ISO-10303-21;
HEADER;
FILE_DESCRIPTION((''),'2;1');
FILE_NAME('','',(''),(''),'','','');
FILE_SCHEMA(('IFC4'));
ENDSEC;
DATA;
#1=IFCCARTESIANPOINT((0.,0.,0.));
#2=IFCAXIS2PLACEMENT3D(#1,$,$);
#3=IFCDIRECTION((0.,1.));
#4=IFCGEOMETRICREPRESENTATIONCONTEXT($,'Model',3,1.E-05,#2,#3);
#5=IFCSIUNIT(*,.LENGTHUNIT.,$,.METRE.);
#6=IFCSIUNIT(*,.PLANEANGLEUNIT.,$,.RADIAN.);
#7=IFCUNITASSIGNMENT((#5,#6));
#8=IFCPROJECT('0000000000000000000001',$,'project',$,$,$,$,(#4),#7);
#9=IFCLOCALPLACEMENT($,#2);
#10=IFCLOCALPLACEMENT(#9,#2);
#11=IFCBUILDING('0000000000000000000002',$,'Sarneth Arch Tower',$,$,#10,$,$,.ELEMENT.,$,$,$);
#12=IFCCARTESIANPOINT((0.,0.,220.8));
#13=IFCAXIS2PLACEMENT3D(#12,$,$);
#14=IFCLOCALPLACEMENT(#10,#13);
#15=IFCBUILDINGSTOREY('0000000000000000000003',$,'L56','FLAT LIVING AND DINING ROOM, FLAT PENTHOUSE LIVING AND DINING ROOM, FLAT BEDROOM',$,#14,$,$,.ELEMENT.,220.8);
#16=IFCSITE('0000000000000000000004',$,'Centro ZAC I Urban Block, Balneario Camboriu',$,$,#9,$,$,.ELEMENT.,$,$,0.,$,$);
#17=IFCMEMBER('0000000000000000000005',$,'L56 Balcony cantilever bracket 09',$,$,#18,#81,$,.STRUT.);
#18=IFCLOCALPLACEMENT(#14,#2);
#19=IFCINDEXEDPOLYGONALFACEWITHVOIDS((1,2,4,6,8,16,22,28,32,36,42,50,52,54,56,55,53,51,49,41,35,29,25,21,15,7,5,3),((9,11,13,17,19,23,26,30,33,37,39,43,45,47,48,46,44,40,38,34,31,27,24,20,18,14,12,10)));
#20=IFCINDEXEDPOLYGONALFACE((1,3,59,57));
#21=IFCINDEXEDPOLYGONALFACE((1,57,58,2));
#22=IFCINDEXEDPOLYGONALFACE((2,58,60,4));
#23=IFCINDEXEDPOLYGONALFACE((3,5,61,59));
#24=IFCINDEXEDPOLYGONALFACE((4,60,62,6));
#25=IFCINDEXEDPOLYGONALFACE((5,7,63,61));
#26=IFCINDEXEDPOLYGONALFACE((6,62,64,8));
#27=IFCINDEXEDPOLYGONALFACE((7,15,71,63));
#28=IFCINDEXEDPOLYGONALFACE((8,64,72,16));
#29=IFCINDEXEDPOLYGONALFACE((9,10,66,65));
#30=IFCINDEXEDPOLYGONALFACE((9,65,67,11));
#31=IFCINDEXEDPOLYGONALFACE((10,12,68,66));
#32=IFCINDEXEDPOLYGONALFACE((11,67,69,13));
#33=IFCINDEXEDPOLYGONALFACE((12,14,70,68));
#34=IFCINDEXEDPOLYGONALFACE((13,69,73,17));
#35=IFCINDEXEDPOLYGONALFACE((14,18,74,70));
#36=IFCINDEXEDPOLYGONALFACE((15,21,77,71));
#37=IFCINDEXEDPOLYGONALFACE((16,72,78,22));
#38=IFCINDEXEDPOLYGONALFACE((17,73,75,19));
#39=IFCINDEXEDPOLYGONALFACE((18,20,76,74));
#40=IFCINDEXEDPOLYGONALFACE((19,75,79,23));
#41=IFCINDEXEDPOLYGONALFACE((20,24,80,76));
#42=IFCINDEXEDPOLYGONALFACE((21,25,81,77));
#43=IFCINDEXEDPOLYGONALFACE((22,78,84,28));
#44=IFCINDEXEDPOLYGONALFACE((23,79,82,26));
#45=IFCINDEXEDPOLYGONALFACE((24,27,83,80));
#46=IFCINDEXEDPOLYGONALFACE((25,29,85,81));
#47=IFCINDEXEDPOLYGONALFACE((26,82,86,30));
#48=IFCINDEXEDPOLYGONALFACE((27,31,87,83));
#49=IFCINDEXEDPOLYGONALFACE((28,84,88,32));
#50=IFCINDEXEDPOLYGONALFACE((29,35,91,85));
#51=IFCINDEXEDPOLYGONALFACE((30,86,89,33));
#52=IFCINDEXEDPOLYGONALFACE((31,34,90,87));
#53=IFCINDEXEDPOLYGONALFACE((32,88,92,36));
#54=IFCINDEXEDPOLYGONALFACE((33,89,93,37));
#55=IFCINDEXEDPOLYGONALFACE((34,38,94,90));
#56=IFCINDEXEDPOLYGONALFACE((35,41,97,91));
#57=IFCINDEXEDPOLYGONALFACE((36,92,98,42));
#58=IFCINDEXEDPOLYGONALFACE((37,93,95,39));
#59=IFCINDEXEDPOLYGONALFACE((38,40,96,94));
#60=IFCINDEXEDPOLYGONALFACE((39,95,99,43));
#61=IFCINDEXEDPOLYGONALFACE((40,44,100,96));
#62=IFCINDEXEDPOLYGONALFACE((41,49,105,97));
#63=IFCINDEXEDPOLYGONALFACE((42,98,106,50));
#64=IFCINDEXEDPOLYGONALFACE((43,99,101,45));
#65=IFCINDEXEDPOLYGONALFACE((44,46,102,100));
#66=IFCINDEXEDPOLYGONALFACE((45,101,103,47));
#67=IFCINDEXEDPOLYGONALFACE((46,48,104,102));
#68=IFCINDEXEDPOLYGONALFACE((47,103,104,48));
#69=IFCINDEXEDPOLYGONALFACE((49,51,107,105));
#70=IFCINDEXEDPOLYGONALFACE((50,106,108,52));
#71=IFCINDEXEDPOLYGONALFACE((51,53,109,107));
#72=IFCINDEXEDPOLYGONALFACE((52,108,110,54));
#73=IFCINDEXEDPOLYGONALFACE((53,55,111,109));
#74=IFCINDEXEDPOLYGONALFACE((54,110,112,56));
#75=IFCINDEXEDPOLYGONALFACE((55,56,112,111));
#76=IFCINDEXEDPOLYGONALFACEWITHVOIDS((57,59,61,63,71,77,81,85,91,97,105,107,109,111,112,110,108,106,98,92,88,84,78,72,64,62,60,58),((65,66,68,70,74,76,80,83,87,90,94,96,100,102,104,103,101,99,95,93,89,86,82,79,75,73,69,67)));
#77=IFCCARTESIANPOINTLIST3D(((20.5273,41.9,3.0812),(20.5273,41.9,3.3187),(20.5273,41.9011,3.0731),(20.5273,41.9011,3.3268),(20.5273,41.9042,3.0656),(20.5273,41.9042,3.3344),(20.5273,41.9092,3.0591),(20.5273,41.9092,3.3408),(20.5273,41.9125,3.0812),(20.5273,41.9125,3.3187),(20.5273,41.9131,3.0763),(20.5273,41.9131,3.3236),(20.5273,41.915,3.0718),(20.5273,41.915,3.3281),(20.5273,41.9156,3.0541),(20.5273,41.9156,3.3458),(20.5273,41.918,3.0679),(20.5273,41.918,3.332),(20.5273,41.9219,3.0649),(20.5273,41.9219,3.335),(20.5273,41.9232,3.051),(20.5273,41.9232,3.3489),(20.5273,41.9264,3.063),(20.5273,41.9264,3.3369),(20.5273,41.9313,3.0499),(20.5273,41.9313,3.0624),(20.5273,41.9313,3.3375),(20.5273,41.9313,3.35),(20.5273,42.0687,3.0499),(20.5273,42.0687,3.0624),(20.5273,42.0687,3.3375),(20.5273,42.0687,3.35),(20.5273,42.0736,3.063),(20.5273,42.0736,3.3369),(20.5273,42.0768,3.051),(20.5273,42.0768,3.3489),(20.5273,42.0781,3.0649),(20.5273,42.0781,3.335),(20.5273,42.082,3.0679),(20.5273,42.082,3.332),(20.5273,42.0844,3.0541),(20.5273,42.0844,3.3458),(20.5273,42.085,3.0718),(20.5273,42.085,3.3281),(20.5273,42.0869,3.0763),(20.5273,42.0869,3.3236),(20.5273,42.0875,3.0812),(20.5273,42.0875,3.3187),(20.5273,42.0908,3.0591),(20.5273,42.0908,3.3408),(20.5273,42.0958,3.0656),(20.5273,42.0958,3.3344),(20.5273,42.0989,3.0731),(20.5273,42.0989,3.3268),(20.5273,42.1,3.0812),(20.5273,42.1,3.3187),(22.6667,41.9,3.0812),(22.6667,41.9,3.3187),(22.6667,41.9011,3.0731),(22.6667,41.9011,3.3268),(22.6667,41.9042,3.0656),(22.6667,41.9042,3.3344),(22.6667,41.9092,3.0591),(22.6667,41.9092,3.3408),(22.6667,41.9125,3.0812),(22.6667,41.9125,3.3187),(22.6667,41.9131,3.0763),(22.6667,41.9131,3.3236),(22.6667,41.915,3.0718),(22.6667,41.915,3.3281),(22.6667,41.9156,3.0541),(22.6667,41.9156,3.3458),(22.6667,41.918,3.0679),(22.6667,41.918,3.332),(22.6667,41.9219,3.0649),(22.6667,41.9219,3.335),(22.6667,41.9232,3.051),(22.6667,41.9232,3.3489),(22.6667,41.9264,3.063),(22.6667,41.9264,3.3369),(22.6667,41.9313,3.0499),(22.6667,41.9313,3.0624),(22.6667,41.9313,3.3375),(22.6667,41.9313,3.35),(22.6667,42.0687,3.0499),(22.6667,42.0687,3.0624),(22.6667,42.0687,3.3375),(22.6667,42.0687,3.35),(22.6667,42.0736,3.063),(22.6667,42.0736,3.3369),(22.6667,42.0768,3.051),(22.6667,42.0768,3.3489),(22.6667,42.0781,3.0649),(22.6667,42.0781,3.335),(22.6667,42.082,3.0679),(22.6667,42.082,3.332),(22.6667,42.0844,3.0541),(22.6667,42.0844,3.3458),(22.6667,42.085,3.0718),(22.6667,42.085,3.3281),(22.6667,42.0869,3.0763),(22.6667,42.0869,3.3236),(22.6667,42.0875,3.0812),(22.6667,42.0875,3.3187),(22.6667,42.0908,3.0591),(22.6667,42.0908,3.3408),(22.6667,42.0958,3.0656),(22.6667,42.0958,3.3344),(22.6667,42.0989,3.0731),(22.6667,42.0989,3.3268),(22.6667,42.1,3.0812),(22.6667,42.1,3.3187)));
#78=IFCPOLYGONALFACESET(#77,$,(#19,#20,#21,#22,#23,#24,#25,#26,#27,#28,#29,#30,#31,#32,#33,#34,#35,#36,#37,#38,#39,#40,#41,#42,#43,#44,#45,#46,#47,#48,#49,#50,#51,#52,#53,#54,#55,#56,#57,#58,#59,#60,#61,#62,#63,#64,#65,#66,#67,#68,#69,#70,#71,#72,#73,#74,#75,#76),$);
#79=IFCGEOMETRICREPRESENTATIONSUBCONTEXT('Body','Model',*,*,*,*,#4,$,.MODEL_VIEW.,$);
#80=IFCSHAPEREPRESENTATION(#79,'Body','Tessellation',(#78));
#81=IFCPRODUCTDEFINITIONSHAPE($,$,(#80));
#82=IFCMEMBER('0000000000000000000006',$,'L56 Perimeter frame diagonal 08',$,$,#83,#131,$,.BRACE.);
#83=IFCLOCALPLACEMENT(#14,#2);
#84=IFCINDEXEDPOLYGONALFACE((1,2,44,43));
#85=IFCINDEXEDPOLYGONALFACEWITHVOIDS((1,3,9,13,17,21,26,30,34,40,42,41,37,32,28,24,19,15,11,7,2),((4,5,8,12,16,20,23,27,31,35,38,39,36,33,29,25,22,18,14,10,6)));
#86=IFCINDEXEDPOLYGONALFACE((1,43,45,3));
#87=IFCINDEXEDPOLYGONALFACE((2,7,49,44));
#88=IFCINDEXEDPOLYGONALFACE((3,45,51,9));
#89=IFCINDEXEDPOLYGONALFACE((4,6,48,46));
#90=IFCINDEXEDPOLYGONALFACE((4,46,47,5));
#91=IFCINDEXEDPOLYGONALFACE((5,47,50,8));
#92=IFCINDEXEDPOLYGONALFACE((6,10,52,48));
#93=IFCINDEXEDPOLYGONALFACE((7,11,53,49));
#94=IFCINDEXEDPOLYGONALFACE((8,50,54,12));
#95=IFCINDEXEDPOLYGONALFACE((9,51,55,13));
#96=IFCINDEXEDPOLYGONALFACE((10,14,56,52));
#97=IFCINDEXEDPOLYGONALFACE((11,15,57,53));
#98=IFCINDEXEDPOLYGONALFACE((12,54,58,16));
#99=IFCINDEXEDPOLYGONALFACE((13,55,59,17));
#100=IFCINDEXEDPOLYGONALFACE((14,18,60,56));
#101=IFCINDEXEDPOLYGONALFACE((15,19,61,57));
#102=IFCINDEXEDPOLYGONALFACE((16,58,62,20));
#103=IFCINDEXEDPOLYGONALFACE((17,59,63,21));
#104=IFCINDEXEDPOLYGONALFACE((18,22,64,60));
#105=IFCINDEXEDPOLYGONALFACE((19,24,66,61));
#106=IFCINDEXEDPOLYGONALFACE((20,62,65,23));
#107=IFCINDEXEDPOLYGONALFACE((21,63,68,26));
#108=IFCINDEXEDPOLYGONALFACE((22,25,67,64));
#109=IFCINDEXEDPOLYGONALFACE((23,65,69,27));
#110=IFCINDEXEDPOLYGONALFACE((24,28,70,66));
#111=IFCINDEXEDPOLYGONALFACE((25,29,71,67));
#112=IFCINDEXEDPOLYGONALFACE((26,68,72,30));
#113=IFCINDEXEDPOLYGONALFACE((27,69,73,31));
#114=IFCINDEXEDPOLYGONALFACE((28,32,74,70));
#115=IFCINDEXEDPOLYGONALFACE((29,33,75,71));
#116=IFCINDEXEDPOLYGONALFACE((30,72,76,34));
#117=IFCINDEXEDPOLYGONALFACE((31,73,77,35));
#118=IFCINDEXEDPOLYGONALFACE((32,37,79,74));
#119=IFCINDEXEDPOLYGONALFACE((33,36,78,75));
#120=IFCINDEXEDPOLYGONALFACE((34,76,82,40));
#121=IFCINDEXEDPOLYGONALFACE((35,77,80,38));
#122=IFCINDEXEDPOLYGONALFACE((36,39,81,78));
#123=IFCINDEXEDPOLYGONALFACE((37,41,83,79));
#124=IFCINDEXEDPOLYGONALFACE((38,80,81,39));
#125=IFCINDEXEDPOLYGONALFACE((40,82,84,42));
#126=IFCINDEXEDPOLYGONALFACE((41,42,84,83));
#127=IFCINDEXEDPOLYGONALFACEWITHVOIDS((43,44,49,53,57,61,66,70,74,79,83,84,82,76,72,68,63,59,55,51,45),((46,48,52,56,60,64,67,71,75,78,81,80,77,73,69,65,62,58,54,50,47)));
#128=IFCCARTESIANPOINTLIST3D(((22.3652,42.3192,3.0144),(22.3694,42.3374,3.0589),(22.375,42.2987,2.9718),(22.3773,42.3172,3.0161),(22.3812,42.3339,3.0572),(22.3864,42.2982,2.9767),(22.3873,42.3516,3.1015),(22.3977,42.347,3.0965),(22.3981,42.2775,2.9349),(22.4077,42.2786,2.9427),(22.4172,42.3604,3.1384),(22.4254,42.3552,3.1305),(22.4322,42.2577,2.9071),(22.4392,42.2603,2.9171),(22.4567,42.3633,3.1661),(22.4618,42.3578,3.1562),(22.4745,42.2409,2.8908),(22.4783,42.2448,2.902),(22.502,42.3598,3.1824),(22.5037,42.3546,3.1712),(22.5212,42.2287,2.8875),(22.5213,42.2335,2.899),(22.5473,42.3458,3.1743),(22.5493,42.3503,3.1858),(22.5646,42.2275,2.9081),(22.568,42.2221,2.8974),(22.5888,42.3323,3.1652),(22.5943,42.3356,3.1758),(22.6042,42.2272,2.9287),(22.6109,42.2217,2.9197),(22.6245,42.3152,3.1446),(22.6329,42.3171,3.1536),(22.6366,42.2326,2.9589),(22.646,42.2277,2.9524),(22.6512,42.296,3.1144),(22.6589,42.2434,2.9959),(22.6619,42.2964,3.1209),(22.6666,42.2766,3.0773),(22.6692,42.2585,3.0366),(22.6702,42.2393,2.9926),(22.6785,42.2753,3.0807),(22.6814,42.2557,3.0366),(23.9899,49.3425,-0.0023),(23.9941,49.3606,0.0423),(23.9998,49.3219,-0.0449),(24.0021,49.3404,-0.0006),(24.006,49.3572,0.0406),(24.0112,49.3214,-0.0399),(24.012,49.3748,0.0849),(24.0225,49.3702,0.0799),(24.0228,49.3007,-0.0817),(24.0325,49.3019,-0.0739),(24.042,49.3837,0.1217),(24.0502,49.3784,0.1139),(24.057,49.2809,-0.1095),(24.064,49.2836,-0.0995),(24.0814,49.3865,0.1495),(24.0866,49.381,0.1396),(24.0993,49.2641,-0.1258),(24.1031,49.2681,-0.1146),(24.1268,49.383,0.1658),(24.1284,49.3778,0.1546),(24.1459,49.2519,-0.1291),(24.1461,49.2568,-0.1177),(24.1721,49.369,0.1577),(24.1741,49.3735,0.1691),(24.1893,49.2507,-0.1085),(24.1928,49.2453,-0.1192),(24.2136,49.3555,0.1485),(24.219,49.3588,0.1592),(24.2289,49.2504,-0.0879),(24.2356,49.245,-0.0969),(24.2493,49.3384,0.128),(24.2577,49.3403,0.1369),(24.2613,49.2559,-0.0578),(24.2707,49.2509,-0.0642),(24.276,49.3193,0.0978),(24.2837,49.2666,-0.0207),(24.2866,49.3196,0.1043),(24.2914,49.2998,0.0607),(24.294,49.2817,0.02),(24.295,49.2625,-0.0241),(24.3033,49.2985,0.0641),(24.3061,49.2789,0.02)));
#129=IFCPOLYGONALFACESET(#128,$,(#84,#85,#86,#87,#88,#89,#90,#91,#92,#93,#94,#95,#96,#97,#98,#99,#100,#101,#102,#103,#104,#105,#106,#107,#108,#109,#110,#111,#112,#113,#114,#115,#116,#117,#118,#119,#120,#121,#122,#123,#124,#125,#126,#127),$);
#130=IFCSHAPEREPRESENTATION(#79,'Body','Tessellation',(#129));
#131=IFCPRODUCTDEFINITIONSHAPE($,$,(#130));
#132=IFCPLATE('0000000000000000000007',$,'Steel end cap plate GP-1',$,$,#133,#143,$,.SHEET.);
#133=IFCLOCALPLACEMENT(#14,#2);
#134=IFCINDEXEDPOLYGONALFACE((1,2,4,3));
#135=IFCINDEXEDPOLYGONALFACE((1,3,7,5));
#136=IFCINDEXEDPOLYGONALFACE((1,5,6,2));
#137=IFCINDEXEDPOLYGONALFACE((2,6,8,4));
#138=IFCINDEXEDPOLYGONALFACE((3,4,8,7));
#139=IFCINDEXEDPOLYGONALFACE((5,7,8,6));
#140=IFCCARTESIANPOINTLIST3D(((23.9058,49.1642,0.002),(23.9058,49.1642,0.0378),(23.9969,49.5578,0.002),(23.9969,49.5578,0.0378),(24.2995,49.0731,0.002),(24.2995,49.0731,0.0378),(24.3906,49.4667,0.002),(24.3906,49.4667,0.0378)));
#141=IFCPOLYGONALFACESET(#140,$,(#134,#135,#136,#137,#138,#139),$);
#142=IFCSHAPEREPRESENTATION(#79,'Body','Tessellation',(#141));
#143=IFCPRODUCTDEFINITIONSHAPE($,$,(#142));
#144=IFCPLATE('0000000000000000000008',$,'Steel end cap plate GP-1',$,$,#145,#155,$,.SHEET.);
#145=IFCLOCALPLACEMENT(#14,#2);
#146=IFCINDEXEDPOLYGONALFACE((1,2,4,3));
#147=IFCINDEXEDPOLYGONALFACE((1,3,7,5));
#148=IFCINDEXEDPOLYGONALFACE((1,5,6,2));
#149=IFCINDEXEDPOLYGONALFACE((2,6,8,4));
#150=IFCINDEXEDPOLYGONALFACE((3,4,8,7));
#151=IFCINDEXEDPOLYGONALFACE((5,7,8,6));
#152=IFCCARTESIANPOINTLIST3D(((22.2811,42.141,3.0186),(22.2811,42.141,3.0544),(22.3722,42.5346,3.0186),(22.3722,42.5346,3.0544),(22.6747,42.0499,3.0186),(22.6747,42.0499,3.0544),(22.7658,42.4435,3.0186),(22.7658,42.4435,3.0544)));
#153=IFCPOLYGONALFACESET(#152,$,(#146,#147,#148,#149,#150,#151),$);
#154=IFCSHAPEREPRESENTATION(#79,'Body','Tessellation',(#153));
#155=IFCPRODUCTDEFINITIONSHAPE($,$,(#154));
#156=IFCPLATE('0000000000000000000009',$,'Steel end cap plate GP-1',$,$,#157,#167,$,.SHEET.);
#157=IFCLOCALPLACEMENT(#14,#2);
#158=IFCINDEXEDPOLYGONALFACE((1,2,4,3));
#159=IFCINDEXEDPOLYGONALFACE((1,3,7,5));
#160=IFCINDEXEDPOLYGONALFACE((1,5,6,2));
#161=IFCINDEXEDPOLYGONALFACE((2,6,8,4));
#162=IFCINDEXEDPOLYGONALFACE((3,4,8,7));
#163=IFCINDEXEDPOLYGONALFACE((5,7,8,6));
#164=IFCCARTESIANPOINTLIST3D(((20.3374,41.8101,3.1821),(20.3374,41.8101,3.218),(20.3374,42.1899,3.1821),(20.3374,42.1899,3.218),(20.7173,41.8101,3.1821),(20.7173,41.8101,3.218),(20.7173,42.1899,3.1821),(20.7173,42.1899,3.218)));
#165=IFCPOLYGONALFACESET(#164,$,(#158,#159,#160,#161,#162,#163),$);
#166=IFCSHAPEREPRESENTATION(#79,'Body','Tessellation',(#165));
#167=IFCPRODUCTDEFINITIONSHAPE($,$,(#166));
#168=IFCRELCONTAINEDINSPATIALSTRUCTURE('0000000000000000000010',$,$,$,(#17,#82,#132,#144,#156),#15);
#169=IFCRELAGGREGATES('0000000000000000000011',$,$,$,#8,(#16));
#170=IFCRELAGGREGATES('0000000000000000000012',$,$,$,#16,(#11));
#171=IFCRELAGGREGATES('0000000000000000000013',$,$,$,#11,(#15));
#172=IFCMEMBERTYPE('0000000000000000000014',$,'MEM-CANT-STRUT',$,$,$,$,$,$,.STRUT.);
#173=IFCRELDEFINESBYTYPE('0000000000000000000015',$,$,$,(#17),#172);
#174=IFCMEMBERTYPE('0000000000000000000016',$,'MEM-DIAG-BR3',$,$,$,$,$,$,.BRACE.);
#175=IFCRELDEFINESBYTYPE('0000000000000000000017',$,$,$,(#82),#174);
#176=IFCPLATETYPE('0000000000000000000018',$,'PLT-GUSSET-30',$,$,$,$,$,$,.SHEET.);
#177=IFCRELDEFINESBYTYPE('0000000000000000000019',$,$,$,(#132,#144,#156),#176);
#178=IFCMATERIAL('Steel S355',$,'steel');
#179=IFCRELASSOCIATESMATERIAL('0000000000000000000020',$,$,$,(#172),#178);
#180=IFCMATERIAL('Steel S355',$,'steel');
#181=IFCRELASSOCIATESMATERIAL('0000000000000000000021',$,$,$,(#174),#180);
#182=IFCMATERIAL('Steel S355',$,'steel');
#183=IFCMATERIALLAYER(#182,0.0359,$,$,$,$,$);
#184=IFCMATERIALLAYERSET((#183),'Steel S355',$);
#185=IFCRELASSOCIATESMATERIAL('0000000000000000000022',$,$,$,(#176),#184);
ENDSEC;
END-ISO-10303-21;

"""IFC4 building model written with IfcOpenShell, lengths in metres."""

from ifc_helpers import new_model, si_unit, direction, frame, origin, origin_2d, place, context, subcontext, project, spatial, rectangle, hollow_rectangle, hollow_circle, extrude, material, layer, layer_set, material_profile, profile_set, type_object, element, save


model = new_model("IFC4")

# Units and contexts
model_context = context("Model", 3, precision=1e-05, world=origin(), true_north=direction((0.0, 1.0)))
body_context = subcontext(model_context, "Body", "Model", "MODEL_VIEW")
ifc_project = project(units=[si_unit("LENGTHUNIT", "METRE"), si_unit("PLANEANGLEUNIT", "RADIAN")], contexts=[model_context])

# Site, building, storey
site_placement = place(None, origin())
site = spatial("IfcSite", under=ifc_project, at=site_placement, Name="Centro ZAC I Urban Block, Balneario Camboriu", CompositionType="ELEMENT", RefElevation=0.0)
building_placement = place(site_placement, origin())
building = spatial("IfcBuilding", under=site, at=building_placement, Name="Sarneth Arch Tower", CompositionType="ELEMENT")
storey_placement = place(building_placement, frame((0.0, 0.0, 220.8)))
storey = spatial("IfcBuildingStorey", under=building, at=storey_placement, Name="L56", Description="FLAT LIVING AND DINING ROOM, FLAT PENTHOUSE LIVING AND DINING ROOM, FLAT BEDROOM", CompositionType="ELEMENT", Elevation=220.8)

# Members
ifc_material_1 = material(Name="Steel S355", Category="steel")
ifc_material_profile_1 = material_profile(ifc_material_1, hollow_rectangle(XDim=0.2, YDim=0.3, WallThickness=0.0125, InnerFilletRadius=0.0188, OuterFilletRadius=0.0312, at=origin_2d()), Name="RHS300x200x12.5")
ifc_profile_set_1 = profile_set([ifc_material_profile_1], Name="Steel S355")
member_type_1 = type_object("IfcMemberType", Name="MEM-CANT-STRUT", PredefinedType="STRUT", material=ifc_profile_set_1)
member_1_placement = place(storey_placement, frame((22.6667, 42.0, 3.2), z_axis=(-1.0, 0.0, 0.0), x_axis=(0.0, -1.0, 0.0)))
element("IfcMember", 1, at=member_1_placement, inside=storey, type_object=member_type_1, Name="L56 Balcony cantilever bracket 09", PredefinedType="STRUT", context=body_context, shape_type="SweptSolid", body=[
    extrude(hollow_rectangle(XDim=0.2, YDim=0.3, WallThickness=0.0125, InnerFilletRadius=0.0188, OuterFilletRadius=0.0312, at=origin_2d()), origin(), (0.0, 0.0, 1.0), 2.1394),
])
ifc_material_2 = material(Name="Steel S355", Category="steel")
ifc_material_profile_2 = material_profile(ifc_material_2, hollow_circle(Radius=0.1621, WallThickness=0.0125, at=origin_2d()), Name="CHS324x12.5")
ifc_profile_set_2 = profile_set([ifc_material_profile_2], Name="Steel S355")
member_type_2 = type_object("IfcMemberType", Name="MEM-DIAG-BR3", PredefinedType="BRACE", material=ifc_profile_set_2)
member_2_placement = place(storey_placement, frame((24.1482, 49.3154, 0.02), z_axis=(-0.207918, -0.898749, 0.386031), x_axis=(0.974269, -0.225389, 0.0)))
element("IfcMember", 2, at=member_2_placement, inside=storey, type_object=member_type_2, Name="L56 Perimeter frame diagonal 08", PredefinedType="BRACE", context=body_context, shape_type="SweptSolid", body=[
    extrude(hollow_circle(Radius=0.1621, WallThickness=0.0125, at=origin_2d()), origin(), (0.0, 0.0, 1.0), 7.8145),
])

# Plates
ifc_material_3 = material(Name="Steel S355", Category="steel")
ifc_layer_1 = layer(ifc_material_3, 0.0359)
ifc_layer_set_1 = layer_set([ifc_layer_1], Name="Steel S355")
plate_type = type_object("IfcPlateType", Name="PLT-GUSSET-30", PredefinedType="SHEET", material=ifc_layer_set_1)
for number, where, z_axis, x_axis, name in (
    (3, (24.1482, 49.3154, 0.002), (0.0, 0.0, 1.0), (-0.225461, -0.974252, 0.0), "Steel end cap plate GP-1"),
    (4, (22.5234, 42.2922, 3.0186), (0.0, 0.0, 1.0), (-0.225461, -0.974252, 0.0), "Steel end cap plate GP-1"),
):
    element("IfcPlate", number, at=place(storey_placement, frame(where, z_axis=z_axis, x_axis=x_axis)), inside=storey, type_object=plate_type, Name=name, PredefinedType="SHEET", context=body_context, shape_type="SweptSolid", body=[
        extrude(rectangle(XDim=0.4041, YDim=0.4041, at=origin_2d()), origin(), (0.0, 0.0, 1.0), 0.0359),
    ])
plate_placement = place(storey_placement, frame((20.5273, 42.0, 3.1821), z_axis=(0.0, 0.0, 1.0), x_axis=(-1.0, 0.0, 0.0)))
element("IfcPlate", 5, at=plate_placement, inside=storey, type_object=plate_type, Name="Steel end cap plate GP-1", PredefinedType="SHEET", context=body_context, shape_type="SweptSolid", body=[
    extrude(rectangle(XDim=0.3799, YDim=0.3799, at=origin_2d()), origin(), (0.0, 0.0, 1.0), 0.0359),
])

save(model, "model.ifc")
